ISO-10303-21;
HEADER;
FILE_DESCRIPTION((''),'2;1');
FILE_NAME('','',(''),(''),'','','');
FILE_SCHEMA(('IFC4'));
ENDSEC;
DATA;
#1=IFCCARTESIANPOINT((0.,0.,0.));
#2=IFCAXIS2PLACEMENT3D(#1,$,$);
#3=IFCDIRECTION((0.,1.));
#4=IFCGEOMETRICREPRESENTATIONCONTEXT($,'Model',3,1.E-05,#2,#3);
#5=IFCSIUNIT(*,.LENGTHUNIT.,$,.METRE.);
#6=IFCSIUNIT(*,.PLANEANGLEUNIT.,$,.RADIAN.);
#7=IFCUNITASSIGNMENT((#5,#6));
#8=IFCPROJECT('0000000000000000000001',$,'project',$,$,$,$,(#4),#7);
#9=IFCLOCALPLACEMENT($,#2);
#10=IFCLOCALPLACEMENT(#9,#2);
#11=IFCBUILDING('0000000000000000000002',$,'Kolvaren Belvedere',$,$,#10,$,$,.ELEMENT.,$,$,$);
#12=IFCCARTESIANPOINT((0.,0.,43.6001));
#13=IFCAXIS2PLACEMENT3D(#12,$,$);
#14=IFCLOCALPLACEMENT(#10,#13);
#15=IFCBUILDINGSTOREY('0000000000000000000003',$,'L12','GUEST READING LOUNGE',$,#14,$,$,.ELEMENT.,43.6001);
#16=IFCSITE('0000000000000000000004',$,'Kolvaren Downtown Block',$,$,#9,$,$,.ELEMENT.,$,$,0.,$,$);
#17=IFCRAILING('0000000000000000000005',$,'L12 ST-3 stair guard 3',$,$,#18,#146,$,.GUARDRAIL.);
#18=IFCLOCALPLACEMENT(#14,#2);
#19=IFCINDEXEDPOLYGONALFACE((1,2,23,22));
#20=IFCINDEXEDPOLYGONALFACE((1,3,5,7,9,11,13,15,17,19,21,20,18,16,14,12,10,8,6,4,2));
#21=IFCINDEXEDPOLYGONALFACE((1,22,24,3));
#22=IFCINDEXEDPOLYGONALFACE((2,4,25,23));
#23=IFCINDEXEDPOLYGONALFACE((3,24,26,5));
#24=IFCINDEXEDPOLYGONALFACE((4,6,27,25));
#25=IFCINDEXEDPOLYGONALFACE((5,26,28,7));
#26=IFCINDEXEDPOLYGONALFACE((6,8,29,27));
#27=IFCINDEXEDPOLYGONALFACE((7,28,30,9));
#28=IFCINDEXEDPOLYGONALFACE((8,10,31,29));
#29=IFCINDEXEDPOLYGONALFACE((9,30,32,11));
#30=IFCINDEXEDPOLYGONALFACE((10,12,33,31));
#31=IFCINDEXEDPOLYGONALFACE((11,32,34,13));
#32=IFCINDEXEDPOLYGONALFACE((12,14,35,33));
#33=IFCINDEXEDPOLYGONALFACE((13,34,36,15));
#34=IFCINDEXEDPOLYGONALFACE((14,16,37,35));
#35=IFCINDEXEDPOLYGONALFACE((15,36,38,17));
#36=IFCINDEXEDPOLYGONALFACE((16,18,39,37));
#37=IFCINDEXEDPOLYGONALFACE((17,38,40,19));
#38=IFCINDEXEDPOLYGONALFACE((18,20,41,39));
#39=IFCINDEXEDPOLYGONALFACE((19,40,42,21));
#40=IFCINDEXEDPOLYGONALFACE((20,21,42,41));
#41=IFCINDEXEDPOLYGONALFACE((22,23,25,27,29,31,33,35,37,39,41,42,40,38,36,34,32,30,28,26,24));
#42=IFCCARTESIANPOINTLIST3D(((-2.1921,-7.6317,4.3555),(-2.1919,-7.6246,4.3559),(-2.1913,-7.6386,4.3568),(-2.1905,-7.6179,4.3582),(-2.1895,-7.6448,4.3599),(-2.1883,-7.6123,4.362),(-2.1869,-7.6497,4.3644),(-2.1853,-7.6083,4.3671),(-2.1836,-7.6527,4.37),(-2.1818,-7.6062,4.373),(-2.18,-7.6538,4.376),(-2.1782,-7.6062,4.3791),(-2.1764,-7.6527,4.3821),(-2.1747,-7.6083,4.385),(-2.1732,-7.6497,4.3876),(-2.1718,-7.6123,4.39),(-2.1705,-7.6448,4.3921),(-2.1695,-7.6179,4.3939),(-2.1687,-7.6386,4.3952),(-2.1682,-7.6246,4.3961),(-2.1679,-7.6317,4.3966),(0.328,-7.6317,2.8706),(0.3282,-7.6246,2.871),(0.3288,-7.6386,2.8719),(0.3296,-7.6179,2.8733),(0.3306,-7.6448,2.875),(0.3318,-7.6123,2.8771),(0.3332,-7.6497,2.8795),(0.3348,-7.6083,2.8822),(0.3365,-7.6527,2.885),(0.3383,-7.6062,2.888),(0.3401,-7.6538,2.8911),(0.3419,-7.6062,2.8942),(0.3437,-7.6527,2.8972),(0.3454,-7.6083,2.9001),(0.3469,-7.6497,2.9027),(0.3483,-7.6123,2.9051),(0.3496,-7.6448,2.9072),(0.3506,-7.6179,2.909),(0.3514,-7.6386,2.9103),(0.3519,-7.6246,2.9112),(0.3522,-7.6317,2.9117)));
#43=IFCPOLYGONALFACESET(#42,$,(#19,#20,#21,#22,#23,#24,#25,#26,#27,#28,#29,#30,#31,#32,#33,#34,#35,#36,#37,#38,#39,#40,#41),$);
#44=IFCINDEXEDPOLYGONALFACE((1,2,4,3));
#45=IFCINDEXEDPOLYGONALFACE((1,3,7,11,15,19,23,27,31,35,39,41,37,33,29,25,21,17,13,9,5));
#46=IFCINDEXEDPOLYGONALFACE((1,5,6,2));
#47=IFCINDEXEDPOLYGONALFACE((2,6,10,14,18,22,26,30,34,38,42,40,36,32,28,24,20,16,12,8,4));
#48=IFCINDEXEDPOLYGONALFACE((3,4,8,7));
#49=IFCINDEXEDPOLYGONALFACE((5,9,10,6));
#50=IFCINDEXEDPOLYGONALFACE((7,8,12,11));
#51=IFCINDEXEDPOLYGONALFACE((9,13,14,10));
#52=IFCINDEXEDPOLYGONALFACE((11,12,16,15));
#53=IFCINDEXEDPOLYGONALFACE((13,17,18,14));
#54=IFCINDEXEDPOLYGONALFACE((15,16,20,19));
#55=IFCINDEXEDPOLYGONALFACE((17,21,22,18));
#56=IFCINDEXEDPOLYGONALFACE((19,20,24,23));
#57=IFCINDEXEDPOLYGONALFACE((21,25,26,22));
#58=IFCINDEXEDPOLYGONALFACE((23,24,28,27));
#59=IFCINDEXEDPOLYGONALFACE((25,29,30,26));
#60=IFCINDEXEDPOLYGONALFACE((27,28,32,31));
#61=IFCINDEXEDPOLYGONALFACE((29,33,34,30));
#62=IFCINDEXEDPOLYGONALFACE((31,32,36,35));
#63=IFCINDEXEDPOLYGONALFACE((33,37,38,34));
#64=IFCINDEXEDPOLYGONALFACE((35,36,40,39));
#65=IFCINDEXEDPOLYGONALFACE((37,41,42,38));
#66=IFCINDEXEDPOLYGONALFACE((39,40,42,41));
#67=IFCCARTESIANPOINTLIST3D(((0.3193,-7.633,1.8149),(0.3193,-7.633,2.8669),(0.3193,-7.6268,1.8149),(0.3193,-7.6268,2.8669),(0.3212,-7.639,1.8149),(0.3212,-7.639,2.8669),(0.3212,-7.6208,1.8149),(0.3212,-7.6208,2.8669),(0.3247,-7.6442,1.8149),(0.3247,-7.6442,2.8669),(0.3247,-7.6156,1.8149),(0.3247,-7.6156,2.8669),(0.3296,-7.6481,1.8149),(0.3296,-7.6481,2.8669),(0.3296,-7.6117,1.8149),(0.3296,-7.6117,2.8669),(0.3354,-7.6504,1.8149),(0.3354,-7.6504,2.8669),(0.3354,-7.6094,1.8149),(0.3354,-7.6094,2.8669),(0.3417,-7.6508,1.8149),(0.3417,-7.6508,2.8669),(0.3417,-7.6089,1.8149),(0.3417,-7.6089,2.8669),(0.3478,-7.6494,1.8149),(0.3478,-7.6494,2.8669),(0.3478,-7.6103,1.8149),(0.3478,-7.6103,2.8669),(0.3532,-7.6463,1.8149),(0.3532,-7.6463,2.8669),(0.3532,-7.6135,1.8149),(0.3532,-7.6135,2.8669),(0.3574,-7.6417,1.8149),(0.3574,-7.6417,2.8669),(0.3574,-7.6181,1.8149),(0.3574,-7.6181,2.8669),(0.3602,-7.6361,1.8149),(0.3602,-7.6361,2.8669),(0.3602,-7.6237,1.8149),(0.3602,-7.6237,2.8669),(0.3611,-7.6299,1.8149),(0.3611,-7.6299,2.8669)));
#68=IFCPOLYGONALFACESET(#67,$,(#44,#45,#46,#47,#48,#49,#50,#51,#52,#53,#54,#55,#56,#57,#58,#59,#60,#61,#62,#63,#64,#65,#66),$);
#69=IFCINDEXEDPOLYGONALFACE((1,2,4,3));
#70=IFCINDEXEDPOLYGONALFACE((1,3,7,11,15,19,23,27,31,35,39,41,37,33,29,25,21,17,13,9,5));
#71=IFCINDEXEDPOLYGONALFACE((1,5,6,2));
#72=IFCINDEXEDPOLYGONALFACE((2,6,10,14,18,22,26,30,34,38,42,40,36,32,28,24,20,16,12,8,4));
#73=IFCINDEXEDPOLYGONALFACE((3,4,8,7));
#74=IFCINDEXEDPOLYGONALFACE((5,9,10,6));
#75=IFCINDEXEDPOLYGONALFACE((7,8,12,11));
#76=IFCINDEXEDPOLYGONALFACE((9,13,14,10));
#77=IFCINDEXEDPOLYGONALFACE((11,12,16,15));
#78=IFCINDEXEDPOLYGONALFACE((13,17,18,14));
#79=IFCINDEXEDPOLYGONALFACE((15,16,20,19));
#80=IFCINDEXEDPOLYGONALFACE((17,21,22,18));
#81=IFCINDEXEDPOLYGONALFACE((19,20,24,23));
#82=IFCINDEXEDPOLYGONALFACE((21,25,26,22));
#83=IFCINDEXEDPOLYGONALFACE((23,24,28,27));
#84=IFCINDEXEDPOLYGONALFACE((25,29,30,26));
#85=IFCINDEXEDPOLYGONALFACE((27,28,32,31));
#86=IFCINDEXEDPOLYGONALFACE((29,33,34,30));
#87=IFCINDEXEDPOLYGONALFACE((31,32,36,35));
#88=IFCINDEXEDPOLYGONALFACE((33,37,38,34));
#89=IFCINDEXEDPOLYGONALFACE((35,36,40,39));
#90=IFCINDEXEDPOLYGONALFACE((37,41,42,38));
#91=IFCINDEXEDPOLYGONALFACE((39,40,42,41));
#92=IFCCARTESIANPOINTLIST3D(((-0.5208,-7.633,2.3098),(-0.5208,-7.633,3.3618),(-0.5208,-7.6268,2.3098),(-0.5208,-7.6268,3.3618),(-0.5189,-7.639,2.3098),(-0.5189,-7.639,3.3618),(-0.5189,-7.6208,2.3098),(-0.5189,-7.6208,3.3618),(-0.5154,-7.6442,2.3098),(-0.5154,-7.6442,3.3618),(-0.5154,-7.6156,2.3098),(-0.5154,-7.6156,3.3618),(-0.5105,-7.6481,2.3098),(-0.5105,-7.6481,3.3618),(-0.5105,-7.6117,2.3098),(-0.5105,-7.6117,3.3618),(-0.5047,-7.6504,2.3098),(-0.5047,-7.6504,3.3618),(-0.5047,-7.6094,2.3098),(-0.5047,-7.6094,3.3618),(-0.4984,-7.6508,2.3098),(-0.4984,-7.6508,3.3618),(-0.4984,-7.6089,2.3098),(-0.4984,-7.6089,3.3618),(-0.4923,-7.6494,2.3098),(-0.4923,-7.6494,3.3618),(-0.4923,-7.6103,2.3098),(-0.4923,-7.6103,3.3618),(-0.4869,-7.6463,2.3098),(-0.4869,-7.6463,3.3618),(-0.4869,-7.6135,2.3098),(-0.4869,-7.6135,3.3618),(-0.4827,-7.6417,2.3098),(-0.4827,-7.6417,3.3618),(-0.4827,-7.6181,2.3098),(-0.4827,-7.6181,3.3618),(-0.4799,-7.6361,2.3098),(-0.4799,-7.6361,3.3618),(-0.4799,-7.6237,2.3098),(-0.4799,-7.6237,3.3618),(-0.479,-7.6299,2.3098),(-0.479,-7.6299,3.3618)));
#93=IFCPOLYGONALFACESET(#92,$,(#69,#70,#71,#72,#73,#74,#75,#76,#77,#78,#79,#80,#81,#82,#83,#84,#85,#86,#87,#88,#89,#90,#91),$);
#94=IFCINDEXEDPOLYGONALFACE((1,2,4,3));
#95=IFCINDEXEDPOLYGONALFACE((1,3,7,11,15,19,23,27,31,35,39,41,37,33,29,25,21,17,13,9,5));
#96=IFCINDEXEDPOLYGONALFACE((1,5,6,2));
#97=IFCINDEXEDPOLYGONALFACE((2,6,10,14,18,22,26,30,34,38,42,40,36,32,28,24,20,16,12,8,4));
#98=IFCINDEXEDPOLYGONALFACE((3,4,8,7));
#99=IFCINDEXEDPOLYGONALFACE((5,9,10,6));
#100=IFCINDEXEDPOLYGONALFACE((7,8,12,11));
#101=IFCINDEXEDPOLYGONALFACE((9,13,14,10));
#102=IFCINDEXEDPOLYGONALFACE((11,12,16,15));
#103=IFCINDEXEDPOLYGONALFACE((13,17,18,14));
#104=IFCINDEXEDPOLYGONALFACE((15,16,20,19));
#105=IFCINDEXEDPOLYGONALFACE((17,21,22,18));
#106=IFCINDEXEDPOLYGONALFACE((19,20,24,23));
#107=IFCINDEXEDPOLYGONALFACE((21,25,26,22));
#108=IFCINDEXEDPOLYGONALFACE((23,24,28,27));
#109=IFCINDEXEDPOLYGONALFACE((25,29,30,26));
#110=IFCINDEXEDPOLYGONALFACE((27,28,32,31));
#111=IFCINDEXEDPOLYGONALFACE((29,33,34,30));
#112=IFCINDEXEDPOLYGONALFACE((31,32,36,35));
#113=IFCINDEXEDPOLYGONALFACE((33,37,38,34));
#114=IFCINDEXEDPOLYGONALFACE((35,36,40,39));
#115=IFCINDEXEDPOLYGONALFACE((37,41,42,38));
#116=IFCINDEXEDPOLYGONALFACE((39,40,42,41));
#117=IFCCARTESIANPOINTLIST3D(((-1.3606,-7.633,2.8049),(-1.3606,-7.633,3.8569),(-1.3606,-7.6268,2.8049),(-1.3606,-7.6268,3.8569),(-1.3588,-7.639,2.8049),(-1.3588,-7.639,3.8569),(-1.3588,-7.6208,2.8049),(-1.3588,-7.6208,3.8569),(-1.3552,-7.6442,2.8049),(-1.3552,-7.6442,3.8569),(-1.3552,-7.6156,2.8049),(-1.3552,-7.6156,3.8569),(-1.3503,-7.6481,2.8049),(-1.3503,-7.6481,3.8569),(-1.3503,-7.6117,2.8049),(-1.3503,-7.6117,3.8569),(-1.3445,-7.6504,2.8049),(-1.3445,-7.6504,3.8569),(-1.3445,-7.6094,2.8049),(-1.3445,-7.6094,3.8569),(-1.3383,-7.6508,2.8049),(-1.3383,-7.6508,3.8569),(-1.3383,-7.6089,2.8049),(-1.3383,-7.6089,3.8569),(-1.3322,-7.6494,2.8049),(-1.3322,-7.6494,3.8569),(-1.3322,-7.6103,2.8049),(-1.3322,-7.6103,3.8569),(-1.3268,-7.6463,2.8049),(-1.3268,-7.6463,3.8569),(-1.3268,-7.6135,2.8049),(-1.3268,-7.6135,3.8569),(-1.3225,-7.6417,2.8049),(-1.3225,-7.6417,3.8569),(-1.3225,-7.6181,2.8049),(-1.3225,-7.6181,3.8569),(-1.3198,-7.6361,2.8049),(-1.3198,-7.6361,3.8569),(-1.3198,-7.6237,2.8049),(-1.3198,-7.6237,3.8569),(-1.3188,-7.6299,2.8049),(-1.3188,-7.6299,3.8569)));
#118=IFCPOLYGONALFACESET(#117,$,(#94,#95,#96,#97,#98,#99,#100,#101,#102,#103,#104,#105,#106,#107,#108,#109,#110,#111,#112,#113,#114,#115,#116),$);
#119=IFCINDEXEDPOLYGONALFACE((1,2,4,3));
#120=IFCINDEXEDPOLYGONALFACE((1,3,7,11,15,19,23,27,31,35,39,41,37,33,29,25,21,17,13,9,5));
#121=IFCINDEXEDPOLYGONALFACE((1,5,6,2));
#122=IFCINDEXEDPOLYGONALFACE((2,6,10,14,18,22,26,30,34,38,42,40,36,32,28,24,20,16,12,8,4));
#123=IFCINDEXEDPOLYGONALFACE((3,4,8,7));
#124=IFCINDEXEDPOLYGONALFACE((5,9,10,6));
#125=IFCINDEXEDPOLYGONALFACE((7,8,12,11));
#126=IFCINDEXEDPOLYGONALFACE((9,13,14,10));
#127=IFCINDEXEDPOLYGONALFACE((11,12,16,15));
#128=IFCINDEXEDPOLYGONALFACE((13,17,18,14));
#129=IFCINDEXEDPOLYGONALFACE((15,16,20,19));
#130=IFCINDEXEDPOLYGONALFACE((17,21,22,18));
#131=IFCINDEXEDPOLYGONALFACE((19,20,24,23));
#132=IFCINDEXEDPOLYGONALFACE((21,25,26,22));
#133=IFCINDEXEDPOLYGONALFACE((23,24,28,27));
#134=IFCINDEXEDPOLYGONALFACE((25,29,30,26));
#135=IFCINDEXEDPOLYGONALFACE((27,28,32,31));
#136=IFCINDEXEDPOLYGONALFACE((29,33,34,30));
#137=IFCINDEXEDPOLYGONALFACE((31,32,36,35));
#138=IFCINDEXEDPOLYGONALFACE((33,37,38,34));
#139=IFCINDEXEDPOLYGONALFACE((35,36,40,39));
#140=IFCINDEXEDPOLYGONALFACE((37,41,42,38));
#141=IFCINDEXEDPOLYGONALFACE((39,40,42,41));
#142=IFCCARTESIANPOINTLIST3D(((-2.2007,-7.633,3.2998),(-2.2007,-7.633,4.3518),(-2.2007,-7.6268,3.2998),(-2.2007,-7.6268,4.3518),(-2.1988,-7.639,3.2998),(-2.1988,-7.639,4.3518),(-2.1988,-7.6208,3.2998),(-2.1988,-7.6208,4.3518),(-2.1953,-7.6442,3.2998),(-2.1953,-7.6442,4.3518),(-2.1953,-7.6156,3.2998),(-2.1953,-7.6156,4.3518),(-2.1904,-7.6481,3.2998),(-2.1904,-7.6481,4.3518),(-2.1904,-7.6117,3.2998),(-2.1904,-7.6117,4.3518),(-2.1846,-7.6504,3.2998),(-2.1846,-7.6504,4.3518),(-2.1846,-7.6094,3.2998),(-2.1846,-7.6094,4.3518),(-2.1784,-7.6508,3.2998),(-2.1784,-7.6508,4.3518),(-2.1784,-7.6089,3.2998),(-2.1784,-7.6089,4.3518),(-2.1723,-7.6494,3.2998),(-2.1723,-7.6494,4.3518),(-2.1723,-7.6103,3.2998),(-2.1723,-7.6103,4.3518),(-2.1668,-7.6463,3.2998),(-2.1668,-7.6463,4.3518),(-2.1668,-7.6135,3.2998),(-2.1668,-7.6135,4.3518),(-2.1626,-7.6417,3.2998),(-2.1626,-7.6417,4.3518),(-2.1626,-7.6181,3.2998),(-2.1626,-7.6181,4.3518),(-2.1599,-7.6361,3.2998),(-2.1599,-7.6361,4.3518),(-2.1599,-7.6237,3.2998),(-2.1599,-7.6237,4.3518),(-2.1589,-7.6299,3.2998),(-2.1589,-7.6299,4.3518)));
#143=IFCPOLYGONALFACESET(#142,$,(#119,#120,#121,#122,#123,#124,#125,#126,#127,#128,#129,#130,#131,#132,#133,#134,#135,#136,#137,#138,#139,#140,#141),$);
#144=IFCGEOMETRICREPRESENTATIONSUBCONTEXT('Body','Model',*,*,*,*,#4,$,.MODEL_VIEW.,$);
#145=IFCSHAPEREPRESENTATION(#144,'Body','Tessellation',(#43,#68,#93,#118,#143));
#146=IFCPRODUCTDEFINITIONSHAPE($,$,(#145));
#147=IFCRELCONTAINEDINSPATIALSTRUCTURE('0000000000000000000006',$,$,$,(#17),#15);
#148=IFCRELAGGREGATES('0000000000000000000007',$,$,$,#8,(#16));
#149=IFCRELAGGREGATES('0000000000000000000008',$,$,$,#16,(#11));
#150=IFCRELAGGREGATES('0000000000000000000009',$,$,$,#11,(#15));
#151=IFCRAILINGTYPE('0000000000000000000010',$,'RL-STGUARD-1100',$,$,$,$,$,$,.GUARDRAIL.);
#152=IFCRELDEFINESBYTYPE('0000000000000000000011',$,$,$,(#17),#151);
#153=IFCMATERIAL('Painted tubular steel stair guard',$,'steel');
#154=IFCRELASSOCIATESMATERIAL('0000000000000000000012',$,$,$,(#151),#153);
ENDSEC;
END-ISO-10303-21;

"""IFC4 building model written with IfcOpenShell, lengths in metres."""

from ifc_helpers import new_model, si_unit, direction, frame, origin, origin_2d, place, context, subcontext, project, spatial, circle, extrude, material, type_object, element, save


model = new_model("IFC4")

# Units and contexts
model_context = context("Model", 3, precision=1e-05, world=origin(), true_north=direction((0.0, 1.0)))
body_context = subcontext(model_context, "Body", "Model", "MODEL_VIEW")
ifc_project = project(units=[si_unit("LENGTHUNIT", "METRE"), si_unit("PLANEANGLEUNIT", "RADIAN")], contexts=[model_context])

# Site, building, storey
site_placement = place(None, origin())
site = spatial("IfcSite", under=ifc_project, at=site_placement, Name="Kolvaren Downtown Block", CompositionType="ELEMENT", RefElevation=0.0)
building_placement = place(site_placement, origin())
building = spatial("IfcBuilding", under=site, at=building_placement, Name="Kolvaren Belvedere", CompositionType="ELEMENT")
storey_placement = place(building_placement, frame((0.0, 0.0, 43.6001)))
storey = spatial("IfcBuildingStorey", under=building, at=storey_placement, Name="L12", Description="GUEST READING LOUNGE", CompositionType="ELEMENT", Elevation=43.6001)

# Railing
ifc_material_1 = material(Name="Painted tubular steel stair guard", Category="steel")
railing_type_1 = type_object("IfcRailingType", Name="RL-STGUARD-1100", PredefinedType="GUARDRAIL", material=ifc_material_1)
railing_1_placement = place(storey_placement, frame((0.3401, -7.6299, 1.8149)))
element("IfcRailing", 1, at=railing_1_placement, inside=storey, type_object=railing_type_1, Name="L12 ST-3 stair guard 3", PredefinedType="GUARDRAIL", context=body_context, shape_type="SweptSolid", body=[
    extrude(circle(Radius=0.0239, at=origin_2d()), frame((0.0, 0.0, 1.0762), z_axis=(-0.861561, 0.0, 0.507655), x_axis=(0.0, -1.0, 0.0)), (0.0, 0.0, 1.0), 2.925),
    extrude(circle(Radius=0.021, at=origin_2d()), origin(), (0.0, 0.0, 1.0), 1.052),
    extrude(circle(Radius=0.021, at=origin_2d()), frame((-0.8401, 0.0, 0.4949)), (0.0, 0.0, 1.0), 1.052),
    extrude(circle(Radius=0.021, at=origin_2d()), frame((-1.6799, 0.0, 0.99)), (0.0, 0.0, 1.0), 1.052),
    extrude(circle(Radius=0.021, at=origin_2d()), frame((-2.52, 0.0, 1.4849)), (0.0, 0.0, 1.0), 1.052),
])

save(model, "model.ifc")
